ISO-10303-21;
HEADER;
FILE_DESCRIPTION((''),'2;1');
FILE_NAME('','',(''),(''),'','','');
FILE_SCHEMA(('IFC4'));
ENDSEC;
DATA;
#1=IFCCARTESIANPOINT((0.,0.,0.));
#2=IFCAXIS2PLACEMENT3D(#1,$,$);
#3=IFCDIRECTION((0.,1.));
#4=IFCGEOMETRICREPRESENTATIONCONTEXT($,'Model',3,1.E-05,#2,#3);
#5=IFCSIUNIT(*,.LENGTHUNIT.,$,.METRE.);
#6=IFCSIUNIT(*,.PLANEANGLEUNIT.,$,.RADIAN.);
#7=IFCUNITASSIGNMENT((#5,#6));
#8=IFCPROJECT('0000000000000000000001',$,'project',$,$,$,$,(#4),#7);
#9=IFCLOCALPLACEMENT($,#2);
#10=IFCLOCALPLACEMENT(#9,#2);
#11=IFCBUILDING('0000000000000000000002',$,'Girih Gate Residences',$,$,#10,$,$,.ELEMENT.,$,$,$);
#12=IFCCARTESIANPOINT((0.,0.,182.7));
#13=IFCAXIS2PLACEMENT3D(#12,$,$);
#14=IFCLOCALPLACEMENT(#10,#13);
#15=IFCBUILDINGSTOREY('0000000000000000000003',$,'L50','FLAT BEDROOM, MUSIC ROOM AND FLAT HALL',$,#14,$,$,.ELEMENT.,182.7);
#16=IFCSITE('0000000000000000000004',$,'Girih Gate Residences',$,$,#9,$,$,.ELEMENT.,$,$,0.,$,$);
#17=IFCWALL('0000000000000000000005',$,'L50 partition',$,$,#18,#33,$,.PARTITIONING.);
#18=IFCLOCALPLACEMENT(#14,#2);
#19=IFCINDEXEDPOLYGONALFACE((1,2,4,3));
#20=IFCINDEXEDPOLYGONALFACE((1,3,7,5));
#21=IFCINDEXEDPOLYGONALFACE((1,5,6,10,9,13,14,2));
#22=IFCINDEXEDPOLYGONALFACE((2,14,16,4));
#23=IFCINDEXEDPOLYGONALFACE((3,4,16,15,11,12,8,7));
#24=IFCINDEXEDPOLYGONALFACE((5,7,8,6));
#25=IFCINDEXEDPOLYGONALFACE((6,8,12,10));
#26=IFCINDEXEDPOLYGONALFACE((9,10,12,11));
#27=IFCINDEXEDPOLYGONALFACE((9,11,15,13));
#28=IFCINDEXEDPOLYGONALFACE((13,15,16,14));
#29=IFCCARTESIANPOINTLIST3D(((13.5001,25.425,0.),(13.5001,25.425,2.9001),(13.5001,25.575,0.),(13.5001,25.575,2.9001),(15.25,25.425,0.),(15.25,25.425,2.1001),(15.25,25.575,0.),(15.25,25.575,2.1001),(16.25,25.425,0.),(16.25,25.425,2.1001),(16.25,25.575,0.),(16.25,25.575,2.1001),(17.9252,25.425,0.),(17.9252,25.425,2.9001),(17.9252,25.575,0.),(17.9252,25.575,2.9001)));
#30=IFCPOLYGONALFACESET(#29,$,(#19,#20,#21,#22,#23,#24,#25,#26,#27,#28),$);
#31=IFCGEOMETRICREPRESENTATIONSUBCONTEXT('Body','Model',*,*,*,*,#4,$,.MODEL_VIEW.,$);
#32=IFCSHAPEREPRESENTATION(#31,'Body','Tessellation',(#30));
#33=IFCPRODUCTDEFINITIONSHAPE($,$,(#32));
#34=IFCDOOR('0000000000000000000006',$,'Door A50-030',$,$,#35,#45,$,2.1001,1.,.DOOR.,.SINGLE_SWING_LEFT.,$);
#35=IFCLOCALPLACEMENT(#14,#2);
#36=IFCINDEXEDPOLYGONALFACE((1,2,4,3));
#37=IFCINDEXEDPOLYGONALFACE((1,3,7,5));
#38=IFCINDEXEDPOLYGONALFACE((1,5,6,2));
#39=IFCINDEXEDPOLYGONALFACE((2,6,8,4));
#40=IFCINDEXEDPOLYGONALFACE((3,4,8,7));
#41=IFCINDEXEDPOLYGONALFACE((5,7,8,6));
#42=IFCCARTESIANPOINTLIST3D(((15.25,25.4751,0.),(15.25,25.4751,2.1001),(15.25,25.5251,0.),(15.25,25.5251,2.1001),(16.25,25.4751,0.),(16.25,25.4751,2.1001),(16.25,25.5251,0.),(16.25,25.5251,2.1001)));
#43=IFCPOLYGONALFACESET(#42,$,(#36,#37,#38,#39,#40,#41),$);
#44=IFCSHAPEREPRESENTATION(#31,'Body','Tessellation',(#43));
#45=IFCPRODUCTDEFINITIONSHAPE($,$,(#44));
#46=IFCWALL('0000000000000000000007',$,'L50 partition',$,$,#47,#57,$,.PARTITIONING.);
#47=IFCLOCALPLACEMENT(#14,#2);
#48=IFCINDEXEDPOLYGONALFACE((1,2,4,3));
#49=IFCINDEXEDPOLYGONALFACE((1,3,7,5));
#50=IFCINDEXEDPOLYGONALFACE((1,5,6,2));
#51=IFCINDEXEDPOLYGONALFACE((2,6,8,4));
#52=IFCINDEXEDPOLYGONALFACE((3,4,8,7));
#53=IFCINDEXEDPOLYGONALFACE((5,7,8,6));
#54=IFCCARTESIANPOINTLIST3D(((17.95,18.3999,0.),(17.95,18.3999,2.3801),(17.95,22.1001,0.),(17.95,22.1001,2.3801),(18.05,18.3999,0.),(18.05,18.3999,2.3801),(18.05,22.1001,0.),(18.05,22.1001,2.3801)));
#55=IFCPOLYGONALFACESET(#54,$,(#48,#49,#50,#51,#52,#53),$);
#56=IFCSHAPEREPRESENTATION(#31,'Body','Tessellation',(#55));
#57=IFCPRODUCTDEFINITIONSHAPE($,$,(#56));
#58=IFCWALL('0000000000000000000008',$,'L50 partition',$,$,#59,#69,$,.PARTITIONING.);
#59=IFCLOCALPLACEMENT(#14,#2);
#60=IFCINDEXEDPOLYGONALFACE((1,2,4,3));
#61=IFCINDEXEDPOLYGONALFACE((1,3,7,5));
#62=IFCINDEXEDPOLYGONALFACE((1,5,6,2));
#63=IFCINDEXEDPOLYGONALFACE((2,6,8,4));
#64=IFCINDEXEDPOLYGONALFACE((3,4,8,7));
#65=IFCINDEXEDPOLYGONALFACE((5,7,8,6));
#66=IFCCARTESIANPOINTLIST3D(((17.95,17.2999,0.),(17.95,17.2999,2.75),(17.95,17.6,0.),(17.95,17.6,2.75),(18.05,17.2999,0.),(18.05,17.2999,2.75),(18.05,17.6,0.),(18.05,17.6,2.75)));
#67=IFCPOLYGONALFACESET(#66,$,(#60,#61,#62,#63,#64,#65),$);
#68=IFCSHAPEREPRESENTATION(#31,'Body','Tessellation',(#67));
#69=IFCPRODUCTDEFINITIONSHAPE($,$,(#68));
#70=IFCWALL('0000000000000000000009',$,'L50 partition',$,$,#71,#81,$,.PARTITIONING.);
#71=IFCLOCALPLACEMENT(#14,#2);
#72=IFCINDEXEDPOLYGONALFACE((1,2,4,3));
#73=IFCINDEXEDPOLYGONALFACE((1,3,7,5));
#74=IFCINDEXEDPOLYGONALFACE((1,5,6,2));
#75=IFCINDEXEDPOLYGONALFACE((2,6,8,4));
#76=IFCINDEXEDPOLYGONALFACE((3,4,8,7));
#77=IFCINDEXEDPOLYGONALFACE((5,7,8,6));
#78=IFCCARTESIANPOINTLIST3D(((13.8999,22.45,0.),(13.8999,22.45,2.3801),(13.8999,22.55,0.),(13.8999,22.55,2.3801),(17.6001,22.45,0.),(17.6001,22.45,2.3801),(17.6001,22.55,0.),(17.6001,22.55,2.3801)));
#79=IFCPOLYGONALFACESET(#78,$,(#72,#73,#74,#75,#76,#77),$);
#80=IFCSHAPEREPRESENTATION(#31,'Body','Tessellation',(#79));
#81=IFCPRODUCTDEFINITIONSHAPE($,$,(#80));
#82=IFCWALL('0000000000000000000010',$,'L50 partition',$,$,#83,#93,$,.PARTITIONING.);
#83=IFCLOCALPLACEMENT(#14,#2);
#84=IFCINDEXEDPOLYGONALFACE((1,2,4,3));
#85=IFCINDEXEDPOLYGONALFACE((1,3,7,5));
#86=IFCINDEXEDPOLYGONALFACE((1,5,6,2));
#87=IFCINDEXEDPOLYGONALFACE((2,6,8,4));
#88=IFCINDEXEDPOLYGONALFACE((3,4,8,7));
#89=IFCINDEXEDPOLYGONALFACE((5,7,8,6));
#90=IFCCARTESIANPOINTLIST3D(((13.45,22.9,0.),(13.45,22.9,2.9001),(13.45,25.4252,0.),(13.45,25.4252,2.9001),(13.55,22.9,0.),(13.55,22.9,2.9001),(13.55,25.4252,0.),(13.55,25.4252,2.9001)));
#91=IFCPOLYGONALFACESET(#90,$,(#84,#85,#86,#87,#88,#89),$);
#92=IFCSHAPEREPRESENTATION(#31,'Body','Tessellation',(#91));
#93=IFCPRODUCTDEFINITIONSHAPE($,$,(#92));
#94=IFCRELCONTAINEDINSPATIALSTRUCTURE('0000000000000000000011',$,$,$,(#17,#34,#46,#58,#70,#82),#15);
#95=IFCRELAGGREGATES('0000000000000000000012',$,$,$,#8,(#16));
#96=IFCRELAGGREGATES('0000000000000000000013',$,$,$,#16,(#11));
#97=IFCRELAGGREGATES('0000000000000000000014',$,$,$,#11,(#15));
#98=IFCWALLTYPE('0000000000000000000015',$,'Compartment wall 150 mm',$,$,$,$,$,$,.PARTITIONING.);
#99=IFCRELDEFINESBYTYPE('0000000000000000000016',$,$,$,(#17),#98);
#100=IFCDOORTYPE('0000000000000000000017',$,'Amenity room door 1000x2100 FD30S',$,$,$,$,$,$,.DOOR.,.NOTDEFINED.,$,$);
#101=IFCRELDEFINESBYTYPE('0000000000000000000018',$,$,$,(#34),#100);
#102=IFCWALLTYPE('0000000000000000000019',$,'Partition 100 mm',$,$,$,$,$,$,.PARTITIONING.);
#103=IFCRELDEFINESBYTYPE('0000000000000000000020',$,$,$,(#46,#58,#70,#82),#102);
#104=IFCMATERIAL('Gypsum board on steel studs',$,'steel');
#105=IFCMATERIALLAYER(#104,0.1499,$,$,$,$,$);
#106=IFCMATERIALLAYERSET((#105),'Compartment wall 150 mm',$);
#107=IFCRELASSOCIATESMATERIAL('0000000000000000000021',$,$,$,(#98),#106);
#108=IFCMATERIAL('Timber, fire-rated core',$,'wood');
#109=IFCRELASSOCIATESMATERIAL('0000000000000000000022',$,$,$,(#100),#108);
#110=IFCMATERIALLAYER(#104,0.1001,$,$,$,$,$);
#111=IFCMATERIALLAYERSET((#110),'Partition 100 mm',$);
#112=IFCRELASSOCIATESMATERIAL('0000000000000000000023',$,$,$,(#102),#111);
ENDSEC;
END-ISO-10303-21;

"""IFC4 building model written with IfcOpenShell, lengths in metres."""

from ifc_helpers import new_model, si_unit, direction, frame, frame_2d, origin, place, context, subcontext, project, spatial, rectangle, extrude, material, layer, layer_set, type_object, element, fill, save


model = new_model("IFC4")

# Units and contexts
model_context = context("Model", 3, precision=1e-05, world=origin(), true_north=direction((0.0, 1.0)))
body_context = subcontext(model_context, "Body", "Model", "MODEL_VIEW")
ifc_project = project(units=[si_unit("LENGTHUNIT", "METRE"), si_unit("PLANEANGLEUNIT", "RADIAN")], contexts=[model_context])

# Site, building, storey
site_placement = place(None, origin())
site = spatial("IfcSite", under=ifc_project, at=site_placement, Name="Girih Gate Residences", CompositionType="ELEMENT", RefElevation=0.0)
building_placement = place(site_placement, origin())
building = spatial("IfcBuilding", under=site, at=building_placement, Name="Girih Gate Residences", CompositionType="ELEMENT")
storey_placement = place(building_placement, frame((0.0, 0.0, 182.7)))
storey = spatial("IfcBuildingStorey", under=building, at=storey_placement, Name="L50", Description="FLAT BEDROOM, MUSIC ROOM AND FLAT HALL", CompositionType="ELEMENT", Elevation=182.7)

# Shared definitions
ifc_material_1 = material(Name="Gypsum board on steel studs", Category="steel")
ifc_layer_1 = layer(ifc_material_1, 0.1499)
ifc_layer_set_1 = layer_set([ifc_layer_1], Name="Compartment wall 150 mm")
wall_type_1 = type_object("IfcWallType", Name="Compartment wall 150 mm", PredefinedType="PARTITIONING", material=ifc_layer_set_1)

# Wall, opening, door
ifc_material_2 = material(Name="Timber, fire-rated core", Category="wood")
door_type = type_object("IfcDoorType", Name="Amenity room door 1000x2100 FD30S", OperationType="NOTDEFINED", PredefinedType="DOOR", material=ifc_material_2)
wall_1_placement = place(storey_placement, frame((17.925, 25.5, 0.0), z_axis=(0.0, 0.0, 1.0), x_axis=(-1.0, 0.0, 0.0)))
wall_1 = element("IfcWall", 1, at=wall_1_placement, inside=storey, type_object=wall_type_1, Name="L50 partition", PredefinedType="PARTITIONING", context=body_context, shape_type="SweptSolid", body=[
    extrude(rectangle(XDim=4.425, YDim=0.1499, at=frame_2d((2.2124, 0.0))), origin(), (0.0, 0.0, 1.0), 2.9001),
])
opening_1_placement = place(wall_1_placement, frame((1.675, 0.0, 0.0)))
opening_1 = element("IfcOpeningElement", 2, at=opening_1_placement, cuts=wall_1, PredefinedType="OPENING", context=body_context, shape_type="SweptSolid", body=[
    extrude(rectangle(XDim=1.0, YDim=2.1001, at=frame_2d((0.5, 1.05))), frame((0.0, 0.085, 0.0), z_axis=(0.0, -1.0, 0.0), x_axis=(1.0, 0.0, 0.0)), (0.0, 0.0, 1.0), 0.1699),
])
door_1_placement = place(opening_1_placement, origin())
door_1 = element("IfcDoor", 3, at=door_1_placement, inside=storey, type_object=door_type, Name="Door A50-030", OperationType="SINGLE_SWING_LEFT", OverallHeight=2.1001, OverallWidth=1.0, PredefinedType="DOOR", context=body_context, shape_type="SweptSolid", body=[
    extrude(rectangle(XDim=1.0, YDim=2.1001, at=frame_2d((0.5, 1.05))), frame((0.0, 0.0249, 0.0), z_axis=(0.0, -1.0, 0.0), x_axis=(1.0, 0.0, 0.0)), (0.0, 0.0, 1.0), 0.05),
])
fill(opening_1, door_1)

# Walls
ifc_layer_2 = layer(ifc_material_1, 0.1001)
ifc_layer_set_2 = layer_set([ifc_layer_2], Name="Partition 100 mm")
wall_type_2 = type_object("IfcWallType", Name="Partition 100 mm", PredefinedType="PARTITIONING", material=ifc_layer_set_2)
wall_2_placement = place(storey_placement, frame((18.0, 18.3999, 0.0), z_axis=(0.0, 0.0, 1.0), x_axis=(0.0, 1.0, 0.0)))
element("IfcWall", 4, at=wall_2_placement, inside=storey, type_object=wall_type_2, Name="L50 partition", PredefinedType="PARTITIONING", context=body_context, shape_type="SweptSolid", body=[
    extrude(rectangle(XDim=3.7002, YDim=0.1001, at=frame_2d((1.8501, 0.0))), origin(), (0.0, 0.0, 1.0), 2.3801),
])
wall_3_placement = place(storey_placement, frame((18.0, 17.3, 0.0), z_axis=(0.0, 0.0, 1.0), x_axis=(0.0, 1.0, 0.0)))
element("IfcWall", 5, at=wall_3_placement, inside=storey, type_object=wall_type_2, Name="L50 partition", PredefinedType="PARTITIONING", context=body_context, shape_type="SweptSolid", body=[
    extrude(rectangle(XDim=0.3, YDim=0.1001, at=frame_2d((0.1499, 0.0))), origin(), (0.0, 0.0, 1.0), 2.75),
])
wall_4_placement = place(storey_placement, frame((13.8999, 22.5, 0.0), z_axis=(0.0, 0.0, 1.0), x_axis=(1.0, 0.0, 0.0)))
element("IfcWall", 6, at=wall_4_placement, inside=storey, type_object=wall_type_2, Name="L50 partition", PredefinedType="PARTITIONING", context=body_context, shape_type="SweptSolid", body=[
    extrude(rectangle(XDim=3.7002, YDim=0.1001, at=frame_2d((1.8501, 0.0))), origin(), (0.0, 0.0, 1.0), 2.3801),
])
wall_5_placement = place(storey_placement, frame((13.5, 22.8999, 0.0), z_axis=(0.0, 0.0, 1.0), x_axis=(0.0, 1.0, 0.0)))
element("IfcWall", 7, at=wall_5_placement, inside=storey, type_object=wall_type_2, Name="L50 partition", PredefinedType="PARTITIONING", context=body_context, shape_type="SweptSolid", body=[
    extrude(rectangle(XDim=2.5251, YDim=0.1001, at=frame_2d((1.2627, 0.0))), origin(), (0.0, 0.0, 1.0), 2.9001),
])

save(model, "model.ifc")
